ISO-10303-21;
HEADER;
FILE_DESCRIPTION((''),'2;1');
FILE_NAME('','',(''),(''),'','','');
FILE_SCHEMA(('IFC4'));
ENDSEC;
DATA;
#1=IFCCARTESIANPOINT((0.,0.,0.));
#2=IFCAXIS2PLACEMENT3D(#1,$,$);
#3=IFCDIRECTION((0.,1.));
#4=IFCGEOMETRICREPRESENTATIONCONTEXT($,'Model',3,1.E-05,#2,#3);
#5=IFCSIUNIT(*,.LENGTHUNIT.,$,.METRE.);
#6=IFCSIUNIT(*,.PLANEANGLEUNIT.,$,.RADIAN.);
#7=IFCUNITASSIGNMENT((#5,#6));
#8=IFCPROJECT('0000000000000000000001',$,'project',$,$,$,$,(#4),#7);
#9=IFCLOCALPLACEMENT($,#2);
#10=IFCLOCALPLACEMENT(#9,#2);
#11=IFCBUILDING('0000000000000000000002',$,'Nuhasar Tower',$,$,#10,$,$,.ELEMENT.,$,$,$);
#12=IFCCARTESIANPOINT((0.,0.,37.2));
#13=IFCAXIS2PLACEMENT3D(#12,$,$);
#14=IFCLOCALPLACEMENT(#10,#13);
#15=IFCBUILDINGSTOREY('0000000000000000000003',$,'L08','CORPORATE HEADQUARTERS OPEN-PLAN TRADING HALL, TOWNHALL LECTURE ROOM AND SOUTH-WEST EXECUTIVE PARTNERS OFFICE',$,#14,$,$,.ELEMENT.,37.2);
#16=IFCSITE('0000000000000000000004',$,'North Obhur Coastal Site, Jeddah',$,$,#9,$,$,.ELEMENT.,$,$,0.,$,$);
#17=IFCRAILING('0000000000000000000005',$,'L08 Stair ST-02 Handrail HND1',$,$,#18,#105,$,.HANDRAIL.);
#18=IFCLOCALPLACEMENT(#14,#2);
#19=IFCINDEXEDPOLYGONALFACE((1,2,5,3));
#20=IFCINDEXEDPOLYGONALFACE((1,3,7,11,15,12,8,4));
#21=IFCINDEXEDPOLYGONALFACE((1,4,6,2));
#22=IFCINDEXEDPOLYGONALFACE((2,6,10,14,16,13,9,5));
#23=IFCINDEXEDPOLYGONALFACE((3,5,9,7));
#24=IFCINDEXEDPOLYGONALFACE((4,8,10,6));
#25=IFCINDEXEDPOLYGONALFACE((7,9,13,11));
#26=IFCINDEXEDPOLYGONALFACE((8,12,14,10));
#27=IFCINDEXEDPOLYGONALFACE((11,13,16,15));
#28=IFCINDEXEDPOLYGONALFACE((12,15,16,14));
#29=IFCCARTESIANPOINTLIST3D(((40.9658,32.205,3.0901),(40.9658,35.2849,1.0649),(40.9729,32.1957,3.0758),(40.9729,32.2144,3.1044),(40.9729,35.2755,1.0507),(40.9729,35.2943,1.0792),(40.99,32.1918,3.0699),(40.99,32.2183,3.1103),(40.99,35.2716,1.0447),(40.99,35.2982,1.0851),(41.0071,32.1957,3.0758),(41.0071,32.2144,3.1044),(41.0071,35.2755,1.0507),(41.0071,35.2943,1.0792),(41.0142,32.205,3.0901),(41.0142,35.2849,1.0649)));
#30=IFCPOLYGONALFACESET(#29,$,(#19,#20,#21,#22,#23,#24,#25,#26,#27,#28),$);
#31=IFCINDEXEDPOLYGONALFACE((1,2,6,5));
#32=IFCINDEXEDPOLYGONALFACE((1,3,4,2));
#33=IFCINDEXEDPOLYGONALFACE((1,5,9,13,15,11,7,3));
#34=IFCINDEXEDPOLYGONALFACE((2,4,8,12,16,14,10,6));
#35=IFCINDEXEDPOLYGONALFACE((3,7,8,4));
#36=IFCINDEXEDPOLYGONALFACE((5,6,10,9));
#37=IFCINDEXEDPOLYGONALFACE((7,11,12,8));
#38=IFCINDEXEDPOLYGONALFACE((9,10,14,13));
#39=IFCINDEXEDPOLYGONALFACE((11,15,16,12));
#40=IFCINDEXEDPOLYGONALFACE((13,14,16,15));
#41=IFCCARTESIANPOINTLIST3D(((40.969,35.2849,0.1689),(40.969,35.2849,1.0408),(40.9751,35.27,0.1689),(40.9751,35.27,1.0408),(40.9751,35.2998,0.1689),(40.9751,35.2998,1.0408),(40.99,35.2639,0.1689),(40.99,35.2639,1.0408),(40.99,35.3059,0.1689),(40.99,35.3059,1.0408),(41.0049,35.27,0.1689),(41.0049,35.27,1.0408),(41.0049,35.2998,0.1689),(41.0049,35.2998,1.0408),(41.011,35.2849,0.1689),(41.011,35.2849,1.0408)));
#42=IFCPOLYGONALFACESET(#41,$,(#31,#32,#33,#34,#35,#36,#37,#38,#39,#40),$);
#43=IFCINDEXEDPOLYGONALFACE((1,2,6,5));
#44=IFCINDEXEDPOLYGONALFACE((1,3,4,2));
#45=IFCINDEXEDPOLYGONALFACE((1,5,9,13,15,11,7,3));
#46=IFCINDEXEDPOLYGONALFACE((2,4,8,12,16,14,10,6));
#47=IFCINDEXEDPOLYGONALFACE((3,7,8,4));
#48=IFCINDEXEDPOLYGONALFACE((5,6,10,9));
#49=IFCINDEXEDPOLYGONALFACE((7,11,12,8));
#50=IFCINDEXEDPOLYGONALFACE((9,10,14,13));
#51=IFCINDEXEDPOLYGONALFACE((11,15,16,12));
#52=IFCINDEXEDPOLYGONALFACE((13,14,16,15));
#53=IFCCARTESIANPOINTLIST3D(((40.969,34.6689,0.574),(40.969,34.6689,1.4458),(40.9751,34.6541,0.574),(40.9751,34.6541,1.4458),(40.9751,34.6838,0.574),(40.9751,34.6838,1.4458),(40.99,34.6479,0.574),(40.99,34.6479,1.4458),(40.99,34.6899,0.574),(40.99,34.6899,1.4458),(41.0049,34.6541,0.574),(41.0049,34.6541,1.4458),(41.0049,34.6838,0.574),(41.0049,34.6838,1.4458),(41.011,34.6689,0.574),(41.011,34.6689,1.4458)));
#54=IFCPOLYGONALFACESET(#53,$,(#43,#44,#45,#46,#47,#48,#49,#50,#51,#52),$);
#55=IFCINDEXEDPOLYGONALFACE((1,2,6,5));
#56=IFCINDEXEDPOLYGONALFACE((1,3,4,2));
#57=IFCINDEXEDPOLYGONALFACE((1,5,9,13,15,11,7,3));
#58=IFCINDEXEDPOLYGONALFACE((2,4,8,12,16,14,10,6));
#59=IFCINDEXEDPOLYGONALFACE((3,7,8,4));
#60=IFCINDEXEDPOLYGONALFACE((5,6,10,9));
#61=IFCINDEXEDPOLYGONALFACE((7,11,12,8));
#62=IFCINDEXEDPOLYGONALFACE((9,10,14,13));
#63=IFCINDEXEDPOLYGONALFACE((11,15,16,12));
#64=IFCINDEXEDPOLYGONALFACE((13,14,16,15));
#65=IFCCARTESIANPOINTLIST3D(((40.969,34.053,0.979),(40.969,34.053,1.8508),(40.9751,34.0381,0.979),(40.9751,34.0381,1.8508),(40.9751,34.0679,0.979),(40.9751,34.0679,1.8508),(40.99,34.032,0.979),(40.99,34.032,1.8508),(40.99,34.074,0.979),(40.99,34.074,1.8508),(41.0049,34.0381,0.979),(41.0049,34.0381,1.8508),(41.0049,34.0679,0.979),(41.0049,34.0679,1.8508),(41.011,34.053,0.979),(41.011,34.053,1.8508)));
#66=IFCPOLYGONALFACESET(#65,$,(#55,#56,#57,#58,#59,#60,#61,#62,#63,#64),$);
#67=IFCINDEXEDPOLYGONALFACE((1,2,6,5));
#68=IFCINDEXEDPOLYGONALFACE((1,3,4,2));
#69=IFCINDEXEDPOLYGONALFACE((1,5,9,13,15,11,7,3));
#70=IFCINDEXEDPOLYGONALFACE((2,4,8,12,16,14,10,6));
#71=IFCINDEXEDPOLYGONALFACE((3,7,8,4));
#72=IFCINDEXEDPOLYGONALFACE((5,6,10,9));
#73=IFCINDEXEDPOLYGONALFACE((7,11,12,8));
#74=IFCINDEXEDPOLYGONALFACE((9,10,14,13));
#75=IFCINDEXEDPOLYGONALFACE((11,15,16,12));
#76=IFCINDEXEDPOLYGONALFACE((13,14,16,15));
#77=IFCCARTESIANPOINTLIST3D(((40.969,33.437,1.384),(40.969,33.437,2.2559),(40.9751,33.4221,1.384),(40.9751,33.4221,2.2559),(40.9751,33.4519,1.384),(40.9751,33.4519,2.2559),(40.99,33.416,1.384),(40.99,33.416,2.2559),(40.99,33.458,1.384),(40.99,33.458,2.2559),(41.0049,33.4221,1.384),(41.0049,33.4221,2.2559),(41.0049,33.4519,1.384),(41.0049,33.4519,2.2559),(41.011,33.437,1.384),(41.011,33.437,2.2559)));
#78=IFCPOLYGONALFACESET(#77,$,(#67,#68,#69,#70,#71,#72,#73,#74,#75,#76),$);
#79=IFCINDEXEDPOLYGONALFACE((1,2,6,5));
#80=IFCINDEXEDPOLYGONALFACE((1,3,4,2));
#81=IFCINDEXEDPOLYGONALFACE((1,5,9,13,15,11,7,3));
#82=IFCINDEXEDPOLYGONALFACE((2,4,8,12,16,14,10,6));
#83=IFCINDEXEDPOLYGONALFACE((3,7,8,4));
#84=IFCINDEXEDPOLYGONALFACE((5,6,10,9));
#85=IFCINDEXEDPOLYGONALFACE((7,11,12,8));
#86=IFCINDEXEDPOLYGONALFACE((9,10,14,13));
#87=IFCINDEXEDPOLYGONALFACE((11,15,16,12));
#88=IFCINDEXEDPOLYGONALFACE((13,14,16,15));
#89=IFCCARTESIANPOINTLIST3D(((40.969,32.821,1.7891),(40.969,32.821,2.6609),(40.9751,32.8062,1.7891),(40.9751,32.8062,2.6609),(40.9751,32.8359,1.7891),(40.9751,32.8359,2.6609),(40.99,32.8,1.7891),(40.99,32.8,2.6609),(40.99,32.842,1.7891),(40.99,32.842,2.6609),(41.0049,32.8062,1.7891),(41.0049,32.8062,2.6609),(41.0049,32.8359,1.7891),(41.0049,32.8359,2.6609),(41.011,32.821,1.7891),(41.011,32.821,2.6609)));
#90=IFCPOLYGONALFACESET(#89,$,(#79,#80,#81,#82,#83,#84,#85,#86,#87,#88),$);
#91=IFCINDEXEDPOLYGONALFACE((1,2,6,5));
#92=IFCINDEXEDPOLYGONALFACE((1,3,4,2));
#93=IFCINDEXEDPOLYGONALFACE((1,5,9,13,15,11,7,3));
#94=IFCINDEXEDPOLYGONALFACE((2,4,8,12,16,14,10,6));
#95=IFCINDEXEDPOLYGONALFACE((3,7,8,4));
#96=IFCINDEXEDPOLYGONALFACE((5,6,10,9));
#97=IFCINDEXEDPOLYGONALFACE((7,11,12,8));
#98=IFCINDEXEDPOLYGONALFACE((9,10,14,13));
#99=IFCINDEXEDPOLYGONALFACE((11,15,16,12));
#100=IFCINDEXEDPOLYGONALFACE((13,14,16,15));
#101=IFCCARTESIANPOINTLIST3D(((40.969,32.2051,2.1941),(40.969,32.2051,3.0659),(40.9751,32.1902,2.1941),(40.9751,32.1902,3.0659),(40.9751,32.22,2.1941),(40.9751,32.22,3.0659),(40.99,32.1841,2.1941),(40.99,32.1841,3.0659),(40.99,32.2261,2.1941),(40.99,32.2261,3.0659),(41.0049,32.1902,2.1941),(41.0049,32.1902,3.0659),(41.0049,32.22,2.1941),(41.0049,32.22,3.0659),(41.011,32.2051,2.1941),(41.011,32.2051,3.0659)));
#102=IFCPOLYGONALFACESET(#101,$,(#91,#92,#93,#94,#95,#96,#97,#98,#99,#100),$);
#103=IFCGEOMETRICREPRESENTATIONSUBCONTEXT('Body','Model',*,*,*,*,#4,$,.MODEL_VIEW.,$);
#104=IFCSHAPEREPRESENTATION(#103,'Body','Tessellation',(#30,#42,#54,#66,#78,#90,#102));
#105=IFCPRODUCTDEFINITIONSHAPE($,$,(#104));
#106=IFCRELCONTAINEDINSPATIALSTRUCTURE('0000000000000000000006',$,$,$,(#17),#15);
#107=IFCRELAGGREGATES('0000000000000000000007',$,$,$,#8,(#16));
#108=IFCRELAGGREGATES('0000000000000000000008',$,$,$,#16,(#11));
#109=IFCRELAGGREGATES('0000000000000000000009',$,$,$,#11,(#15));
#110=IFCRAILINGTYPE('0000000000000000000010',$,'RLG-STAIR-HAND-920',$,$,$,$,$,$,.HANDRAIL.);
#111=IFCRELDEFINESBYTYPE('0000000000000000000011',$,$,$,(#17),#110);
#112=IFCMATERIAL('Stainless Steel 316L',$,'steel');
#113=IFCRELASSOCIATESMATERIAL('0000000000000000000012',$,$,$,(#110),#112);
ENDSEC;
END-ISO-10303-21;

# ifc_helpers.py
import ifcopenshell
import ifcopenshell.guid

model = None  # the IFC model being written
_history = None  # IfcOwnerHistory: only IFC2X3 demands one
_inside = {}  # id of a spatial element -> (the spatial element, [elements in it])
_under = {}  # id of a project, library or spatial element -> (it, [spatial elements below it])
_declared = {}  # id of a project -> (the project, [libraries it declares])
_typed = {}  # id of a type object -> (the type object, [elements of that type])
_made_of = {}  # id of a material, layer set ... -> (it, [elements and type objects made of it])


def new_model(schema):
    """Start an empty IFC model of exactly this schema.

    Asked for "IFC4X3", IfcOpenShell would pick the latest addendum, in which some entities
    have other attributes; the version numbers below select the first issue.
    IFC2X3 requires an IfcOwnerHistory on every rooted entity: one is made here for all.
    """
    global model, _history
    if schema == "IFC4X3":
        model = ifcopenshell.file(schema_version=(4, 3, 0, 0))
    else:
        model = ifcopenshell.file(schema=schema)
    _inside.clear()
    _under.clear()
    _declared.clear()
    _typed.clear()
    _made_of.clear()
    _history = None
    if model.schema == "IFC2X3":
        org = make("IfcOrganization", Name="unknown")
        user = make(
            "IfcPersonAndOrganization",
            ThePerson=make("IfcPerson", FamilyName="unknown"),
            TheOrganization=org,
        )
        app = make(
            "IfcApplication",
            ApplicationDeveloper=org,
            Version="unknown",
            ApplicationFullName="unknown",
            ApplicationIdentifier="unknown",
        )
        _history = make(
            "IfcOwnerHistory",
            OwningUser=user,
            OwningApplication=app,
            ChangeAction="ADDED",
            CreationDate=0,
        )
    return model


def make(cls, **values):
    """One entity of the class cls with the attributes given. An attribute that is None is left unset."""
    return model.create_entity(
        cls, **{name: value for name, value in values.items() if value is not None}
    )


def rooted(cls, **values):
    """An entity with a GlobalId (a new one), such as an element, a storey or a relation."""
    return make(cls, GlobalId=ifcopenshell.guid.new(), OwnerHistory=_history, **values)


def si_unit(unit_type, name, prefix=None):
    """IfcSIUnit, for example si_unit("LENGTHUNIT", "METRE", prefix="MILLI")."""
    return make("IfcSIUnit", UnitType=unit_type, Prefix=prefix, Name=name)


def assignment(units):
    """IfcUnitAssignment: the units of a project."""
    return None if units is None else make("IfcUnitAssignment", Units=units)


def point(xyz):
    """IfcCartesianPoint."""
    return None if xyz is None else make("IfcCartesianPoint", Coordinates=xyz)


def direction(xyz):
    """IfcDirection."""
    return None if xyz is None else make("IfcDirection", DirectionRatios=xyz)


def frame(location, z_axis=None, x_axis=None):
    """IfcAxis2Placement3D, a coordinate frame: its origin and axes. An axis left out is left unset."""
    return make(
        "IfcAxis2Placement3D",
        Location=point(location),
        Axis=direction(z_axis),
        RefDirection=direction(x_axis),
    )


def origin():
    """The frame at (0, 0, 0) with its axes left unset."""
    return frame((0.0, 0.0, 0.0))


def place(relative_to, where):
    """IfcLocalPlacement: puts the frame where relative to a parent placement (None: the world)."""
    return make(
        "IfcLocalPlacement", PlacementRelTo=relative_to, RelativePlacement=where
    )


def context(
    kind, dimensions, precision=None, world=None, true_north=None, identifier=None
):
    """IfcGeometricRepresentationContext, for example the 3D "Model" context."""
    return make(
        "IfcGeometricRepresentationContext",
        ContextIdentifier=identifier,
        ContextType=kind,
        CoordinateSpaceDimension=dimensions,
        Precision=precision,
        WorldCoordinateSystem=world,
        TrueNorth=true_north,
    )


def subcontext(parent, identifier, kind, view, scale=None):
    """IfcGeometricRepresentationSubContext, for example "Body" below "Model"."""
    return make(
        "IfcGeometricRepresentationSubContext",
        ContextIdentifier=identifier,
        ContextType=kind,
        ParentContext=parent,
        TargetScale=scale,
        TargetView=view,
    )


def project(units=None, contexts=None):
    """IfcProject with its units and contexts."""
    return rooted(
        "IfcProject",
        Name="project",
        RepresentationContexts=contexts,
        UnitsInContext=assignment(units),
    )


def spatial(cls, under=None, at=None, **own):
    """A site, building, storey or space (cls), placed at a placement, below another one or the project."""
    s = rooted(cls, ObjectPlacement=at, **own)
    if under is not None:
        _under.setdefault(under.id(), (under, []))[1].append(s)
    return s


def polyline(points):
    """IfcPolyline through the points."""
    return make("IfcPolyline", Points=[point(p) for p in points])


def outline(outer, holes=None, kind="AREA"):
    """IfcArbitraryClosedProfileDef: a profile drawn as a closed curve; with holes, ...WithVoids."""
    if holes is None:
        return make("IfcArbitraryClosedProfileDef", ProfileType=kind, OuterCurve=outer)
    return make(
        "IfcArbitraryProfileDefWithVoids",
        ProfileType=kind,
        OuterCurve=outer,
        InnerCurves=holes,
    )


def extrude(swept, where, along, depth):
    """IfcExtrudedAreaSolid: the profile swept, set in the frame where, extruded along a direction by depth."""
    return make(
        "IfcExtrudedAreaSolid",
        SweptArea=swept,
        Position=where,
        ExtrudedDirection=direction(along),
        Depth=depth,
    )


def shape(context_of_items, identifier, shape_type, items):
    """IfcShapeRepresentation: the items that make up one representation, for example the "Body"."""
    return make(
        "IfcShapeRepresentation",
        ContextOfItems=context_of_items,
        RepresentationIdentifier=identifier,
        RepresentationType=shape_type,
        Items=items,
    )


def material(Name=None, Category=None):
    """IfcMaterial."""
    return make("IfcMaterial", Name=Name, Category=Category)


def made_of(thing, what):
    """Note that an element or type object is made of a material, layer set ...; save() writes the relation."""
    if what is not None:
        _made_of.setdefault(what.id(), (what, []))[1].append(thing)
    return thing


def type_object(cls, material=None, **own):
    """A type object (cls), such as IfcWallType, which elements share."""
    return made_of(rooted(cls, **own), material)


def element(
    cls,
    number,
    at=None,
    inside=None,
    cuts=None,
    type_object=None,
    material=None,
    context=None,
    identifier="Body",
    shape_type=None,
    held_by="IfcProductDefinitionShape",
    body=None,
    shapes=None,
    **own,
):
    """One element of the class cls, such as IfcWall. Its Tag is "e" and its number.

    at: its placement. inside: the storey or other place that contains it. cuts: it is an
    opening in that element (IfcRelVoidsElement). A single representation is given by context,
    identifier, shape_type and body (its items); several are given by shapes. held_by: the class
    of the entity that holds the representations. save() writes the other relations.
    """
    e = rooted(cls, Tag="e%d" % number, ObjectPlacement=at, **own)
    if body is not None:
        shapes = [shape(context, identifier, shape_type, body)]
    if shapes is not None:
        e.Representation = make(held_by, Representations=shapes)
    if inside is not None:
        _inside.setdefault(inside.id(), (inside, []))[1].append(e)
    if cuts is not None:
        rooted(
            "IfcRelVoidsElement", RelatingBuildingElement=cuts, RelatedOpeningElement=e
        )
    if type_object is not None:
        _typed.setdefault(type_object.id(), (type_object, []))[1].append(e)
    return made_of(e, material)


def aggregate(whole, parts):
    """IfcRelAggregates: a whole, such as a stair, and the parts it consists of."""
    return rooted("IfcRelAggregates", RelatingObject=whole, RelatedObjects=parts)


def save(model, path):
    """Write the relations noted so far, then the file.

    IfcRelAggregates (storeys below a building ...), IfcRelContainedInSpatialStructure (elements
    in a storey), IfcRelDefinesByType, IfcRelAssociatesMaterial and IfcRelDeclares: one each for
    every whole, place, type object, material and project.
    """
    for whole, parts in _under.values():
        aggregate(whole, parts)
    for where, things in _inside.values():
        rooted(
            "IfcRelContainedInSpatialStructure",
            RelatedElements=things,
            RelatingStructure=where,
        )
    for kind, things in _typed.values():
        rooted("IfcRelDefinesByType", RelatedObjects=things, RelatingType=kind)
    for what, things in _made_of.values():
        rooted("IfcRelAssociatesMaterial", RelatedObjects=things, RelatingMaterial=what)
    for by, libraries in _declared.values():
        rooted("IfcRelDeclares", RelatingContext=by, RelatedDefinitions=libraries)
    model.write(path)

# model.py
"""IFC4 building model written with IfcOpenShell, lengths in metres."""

from ifc_helpers import new_model, si_unit, direction, frame, origin, place, context, subcontext, project, spatial, polyline, outline, extrude, material, type_object, element, save


model = new_model("IFC4")

# Units and contexts
model_context = context("Model", 3, precision=1e-05, world=origin(), true_north=direction((0.0, 1.0)))
body_context = subcontext(model_context, "Body", "Model", "MODEL_VIEW")
ifc_project = project(units=[si_unit("LENGTHUNIT", "METRE"), si_unit("PLANEANGLEUNIT", "RADIAN")], contexts=[model_context])

# Site, building, storey
site_placement = place(None, origin())
site = spatial("IfcSite", under=ifc_project, at=site_placement, Name="North Obhur Coastal Site, Jeddah", CompositionType="ELEMENT", RefElevation=0.0)
building_placement = place(site_placement, origin())
building = spatial("IfcBuilding", under=site, at=building_placement, Name="Nuhasar Tower", CompositionType="ELEMENT")
storey_placement = place(building_placement, frame((0.0, 0.0, 37.2)))
storey = spatial("IfcBuildingStorey", under=building, at=storey_placement, Name="L08", Description="CORPORATE HEADQUARTERS OPEN-PLAN TRADING HALL, TOWNHALL LECTURE ROOM AND SOUTH-WEST EXECUTIVE PARTNERS OFFICE", CompositionType="ELEMENT", Elevation=37.2)

# Railing
ifc_material_1 = material(Name="Stainless Steel 316L", Category="steel")
railing_type_1 = type_object("IfcRailingType", Name="RLG-STAIR-HAND-920", PredefinedType="HANDRAIL", material=ifc_material_1)
railing_1_placement = place(storey_placement, frame((40.99, 35.2849, 0.1689)))
element("IfcRailing", 1, at=railing_1_placement, inside=storey, type_object=railing_type_1, Name="L08 Stair ST-02 Handrail HND1", PredefinedType="HANDRAIL", context=body_context, shape_type="SweptSolid", body=[
    extrude(outline(polyline([(0.0242, 0.0), (0.0171, 0.0171), (0.0, 0.0242), (-0.0171, 0.0171), (-0.0242, 0.0), (-0.0171, -0.0171), (0.0, -0.0242), (0.0171, -0.0171), (0.0242, 0.0)])), frame((0.0, 0.0, 0.896), z_axis=(0.0, -0.835549, 0.549416), x_axis=(1.0, 0.0, 0.0)), (0.0, 0.0, 1.0), 3.686),
    extrude(outline(polyline([(0.021, 0.0), (0.0149, 0.0149), (0.0, 0.021), (-0.0149, 0.0149), (-0.021, 0.0), (-0.0149, -0.0149), (0.0, -0.021), (0.0149, -0.0149), (0.021, 0.0)])), origin(), (0.0, 0.0, 1.0), 0.8718),
    extrude(outline(polyline([(0.021, 0.0), (0.0149, 0.0149), (0.0, 0.021), (-0.0149, 0.0149), (-0.021, 0.0), (-0.0149, -0.0149), (0.0, -0.021), (0.0149, -0.0149), (0.021, 0.0)])), frame((0.0, -0.616, 0.405)), (0.0, 0.0, 1.0), 0.8718),
    extrude(outline(polyline([(0.021, 0.0), (0.0149, 0.0149), (0.0, 0.021), (-0.0149, 0.0149), (-0.021, 0.0), (-0.0149, -0.0149), (0.0, -0.021), (0.0149, -0.0149), (0.021, 0.0)])), frame((0.0, -1.2319, 0.8101)), (0.0, 0.0, 1.0), 0.8718),
    extrude(outline(polyline([(0.021, 0.0), (0.0149, 0.0149), (0.0, 0.021), (-0.0149, 0.0149), (-0.021, 0.0), (-0.0149, -0.0149), (0.0, -0.021), (0.0149, -0.0149), (0.021, 0.0)])), frame((0.0, -1.8479, 1.2151)), (0.0, 0.0, 1.0), 0.8718),
    extrude(outline(polyline([(0.021, 0.0), (0.0149, 0.0149), (0.0, 0.021), (-0.0149, 0.0149), (-0.021, 0.0), (-0.0149, -0.0149), (0.0, -0.021), (0.0149, -0.0149), (0.021, 0.0)])), frame((0.0, -2.4639, 1.6201)), (0.0, 0.0, 1.0), 0.8718),
    extrude(outline(polyline([(0.021, 0.0), (0.0149, 0.0149), (0.0, 0.021), (-0.0149, 0.0149), (-0.021, 0.0), (-0.0149, -0.0149), (0.0, -0.021), (0.0149, -0.0149), (0.021, 0.0)])), frame((0.0, -3.0798, 2.0251)), (0.0, 0.0, 1.0), 0.8718),
])

save(model, "model.ifc")
